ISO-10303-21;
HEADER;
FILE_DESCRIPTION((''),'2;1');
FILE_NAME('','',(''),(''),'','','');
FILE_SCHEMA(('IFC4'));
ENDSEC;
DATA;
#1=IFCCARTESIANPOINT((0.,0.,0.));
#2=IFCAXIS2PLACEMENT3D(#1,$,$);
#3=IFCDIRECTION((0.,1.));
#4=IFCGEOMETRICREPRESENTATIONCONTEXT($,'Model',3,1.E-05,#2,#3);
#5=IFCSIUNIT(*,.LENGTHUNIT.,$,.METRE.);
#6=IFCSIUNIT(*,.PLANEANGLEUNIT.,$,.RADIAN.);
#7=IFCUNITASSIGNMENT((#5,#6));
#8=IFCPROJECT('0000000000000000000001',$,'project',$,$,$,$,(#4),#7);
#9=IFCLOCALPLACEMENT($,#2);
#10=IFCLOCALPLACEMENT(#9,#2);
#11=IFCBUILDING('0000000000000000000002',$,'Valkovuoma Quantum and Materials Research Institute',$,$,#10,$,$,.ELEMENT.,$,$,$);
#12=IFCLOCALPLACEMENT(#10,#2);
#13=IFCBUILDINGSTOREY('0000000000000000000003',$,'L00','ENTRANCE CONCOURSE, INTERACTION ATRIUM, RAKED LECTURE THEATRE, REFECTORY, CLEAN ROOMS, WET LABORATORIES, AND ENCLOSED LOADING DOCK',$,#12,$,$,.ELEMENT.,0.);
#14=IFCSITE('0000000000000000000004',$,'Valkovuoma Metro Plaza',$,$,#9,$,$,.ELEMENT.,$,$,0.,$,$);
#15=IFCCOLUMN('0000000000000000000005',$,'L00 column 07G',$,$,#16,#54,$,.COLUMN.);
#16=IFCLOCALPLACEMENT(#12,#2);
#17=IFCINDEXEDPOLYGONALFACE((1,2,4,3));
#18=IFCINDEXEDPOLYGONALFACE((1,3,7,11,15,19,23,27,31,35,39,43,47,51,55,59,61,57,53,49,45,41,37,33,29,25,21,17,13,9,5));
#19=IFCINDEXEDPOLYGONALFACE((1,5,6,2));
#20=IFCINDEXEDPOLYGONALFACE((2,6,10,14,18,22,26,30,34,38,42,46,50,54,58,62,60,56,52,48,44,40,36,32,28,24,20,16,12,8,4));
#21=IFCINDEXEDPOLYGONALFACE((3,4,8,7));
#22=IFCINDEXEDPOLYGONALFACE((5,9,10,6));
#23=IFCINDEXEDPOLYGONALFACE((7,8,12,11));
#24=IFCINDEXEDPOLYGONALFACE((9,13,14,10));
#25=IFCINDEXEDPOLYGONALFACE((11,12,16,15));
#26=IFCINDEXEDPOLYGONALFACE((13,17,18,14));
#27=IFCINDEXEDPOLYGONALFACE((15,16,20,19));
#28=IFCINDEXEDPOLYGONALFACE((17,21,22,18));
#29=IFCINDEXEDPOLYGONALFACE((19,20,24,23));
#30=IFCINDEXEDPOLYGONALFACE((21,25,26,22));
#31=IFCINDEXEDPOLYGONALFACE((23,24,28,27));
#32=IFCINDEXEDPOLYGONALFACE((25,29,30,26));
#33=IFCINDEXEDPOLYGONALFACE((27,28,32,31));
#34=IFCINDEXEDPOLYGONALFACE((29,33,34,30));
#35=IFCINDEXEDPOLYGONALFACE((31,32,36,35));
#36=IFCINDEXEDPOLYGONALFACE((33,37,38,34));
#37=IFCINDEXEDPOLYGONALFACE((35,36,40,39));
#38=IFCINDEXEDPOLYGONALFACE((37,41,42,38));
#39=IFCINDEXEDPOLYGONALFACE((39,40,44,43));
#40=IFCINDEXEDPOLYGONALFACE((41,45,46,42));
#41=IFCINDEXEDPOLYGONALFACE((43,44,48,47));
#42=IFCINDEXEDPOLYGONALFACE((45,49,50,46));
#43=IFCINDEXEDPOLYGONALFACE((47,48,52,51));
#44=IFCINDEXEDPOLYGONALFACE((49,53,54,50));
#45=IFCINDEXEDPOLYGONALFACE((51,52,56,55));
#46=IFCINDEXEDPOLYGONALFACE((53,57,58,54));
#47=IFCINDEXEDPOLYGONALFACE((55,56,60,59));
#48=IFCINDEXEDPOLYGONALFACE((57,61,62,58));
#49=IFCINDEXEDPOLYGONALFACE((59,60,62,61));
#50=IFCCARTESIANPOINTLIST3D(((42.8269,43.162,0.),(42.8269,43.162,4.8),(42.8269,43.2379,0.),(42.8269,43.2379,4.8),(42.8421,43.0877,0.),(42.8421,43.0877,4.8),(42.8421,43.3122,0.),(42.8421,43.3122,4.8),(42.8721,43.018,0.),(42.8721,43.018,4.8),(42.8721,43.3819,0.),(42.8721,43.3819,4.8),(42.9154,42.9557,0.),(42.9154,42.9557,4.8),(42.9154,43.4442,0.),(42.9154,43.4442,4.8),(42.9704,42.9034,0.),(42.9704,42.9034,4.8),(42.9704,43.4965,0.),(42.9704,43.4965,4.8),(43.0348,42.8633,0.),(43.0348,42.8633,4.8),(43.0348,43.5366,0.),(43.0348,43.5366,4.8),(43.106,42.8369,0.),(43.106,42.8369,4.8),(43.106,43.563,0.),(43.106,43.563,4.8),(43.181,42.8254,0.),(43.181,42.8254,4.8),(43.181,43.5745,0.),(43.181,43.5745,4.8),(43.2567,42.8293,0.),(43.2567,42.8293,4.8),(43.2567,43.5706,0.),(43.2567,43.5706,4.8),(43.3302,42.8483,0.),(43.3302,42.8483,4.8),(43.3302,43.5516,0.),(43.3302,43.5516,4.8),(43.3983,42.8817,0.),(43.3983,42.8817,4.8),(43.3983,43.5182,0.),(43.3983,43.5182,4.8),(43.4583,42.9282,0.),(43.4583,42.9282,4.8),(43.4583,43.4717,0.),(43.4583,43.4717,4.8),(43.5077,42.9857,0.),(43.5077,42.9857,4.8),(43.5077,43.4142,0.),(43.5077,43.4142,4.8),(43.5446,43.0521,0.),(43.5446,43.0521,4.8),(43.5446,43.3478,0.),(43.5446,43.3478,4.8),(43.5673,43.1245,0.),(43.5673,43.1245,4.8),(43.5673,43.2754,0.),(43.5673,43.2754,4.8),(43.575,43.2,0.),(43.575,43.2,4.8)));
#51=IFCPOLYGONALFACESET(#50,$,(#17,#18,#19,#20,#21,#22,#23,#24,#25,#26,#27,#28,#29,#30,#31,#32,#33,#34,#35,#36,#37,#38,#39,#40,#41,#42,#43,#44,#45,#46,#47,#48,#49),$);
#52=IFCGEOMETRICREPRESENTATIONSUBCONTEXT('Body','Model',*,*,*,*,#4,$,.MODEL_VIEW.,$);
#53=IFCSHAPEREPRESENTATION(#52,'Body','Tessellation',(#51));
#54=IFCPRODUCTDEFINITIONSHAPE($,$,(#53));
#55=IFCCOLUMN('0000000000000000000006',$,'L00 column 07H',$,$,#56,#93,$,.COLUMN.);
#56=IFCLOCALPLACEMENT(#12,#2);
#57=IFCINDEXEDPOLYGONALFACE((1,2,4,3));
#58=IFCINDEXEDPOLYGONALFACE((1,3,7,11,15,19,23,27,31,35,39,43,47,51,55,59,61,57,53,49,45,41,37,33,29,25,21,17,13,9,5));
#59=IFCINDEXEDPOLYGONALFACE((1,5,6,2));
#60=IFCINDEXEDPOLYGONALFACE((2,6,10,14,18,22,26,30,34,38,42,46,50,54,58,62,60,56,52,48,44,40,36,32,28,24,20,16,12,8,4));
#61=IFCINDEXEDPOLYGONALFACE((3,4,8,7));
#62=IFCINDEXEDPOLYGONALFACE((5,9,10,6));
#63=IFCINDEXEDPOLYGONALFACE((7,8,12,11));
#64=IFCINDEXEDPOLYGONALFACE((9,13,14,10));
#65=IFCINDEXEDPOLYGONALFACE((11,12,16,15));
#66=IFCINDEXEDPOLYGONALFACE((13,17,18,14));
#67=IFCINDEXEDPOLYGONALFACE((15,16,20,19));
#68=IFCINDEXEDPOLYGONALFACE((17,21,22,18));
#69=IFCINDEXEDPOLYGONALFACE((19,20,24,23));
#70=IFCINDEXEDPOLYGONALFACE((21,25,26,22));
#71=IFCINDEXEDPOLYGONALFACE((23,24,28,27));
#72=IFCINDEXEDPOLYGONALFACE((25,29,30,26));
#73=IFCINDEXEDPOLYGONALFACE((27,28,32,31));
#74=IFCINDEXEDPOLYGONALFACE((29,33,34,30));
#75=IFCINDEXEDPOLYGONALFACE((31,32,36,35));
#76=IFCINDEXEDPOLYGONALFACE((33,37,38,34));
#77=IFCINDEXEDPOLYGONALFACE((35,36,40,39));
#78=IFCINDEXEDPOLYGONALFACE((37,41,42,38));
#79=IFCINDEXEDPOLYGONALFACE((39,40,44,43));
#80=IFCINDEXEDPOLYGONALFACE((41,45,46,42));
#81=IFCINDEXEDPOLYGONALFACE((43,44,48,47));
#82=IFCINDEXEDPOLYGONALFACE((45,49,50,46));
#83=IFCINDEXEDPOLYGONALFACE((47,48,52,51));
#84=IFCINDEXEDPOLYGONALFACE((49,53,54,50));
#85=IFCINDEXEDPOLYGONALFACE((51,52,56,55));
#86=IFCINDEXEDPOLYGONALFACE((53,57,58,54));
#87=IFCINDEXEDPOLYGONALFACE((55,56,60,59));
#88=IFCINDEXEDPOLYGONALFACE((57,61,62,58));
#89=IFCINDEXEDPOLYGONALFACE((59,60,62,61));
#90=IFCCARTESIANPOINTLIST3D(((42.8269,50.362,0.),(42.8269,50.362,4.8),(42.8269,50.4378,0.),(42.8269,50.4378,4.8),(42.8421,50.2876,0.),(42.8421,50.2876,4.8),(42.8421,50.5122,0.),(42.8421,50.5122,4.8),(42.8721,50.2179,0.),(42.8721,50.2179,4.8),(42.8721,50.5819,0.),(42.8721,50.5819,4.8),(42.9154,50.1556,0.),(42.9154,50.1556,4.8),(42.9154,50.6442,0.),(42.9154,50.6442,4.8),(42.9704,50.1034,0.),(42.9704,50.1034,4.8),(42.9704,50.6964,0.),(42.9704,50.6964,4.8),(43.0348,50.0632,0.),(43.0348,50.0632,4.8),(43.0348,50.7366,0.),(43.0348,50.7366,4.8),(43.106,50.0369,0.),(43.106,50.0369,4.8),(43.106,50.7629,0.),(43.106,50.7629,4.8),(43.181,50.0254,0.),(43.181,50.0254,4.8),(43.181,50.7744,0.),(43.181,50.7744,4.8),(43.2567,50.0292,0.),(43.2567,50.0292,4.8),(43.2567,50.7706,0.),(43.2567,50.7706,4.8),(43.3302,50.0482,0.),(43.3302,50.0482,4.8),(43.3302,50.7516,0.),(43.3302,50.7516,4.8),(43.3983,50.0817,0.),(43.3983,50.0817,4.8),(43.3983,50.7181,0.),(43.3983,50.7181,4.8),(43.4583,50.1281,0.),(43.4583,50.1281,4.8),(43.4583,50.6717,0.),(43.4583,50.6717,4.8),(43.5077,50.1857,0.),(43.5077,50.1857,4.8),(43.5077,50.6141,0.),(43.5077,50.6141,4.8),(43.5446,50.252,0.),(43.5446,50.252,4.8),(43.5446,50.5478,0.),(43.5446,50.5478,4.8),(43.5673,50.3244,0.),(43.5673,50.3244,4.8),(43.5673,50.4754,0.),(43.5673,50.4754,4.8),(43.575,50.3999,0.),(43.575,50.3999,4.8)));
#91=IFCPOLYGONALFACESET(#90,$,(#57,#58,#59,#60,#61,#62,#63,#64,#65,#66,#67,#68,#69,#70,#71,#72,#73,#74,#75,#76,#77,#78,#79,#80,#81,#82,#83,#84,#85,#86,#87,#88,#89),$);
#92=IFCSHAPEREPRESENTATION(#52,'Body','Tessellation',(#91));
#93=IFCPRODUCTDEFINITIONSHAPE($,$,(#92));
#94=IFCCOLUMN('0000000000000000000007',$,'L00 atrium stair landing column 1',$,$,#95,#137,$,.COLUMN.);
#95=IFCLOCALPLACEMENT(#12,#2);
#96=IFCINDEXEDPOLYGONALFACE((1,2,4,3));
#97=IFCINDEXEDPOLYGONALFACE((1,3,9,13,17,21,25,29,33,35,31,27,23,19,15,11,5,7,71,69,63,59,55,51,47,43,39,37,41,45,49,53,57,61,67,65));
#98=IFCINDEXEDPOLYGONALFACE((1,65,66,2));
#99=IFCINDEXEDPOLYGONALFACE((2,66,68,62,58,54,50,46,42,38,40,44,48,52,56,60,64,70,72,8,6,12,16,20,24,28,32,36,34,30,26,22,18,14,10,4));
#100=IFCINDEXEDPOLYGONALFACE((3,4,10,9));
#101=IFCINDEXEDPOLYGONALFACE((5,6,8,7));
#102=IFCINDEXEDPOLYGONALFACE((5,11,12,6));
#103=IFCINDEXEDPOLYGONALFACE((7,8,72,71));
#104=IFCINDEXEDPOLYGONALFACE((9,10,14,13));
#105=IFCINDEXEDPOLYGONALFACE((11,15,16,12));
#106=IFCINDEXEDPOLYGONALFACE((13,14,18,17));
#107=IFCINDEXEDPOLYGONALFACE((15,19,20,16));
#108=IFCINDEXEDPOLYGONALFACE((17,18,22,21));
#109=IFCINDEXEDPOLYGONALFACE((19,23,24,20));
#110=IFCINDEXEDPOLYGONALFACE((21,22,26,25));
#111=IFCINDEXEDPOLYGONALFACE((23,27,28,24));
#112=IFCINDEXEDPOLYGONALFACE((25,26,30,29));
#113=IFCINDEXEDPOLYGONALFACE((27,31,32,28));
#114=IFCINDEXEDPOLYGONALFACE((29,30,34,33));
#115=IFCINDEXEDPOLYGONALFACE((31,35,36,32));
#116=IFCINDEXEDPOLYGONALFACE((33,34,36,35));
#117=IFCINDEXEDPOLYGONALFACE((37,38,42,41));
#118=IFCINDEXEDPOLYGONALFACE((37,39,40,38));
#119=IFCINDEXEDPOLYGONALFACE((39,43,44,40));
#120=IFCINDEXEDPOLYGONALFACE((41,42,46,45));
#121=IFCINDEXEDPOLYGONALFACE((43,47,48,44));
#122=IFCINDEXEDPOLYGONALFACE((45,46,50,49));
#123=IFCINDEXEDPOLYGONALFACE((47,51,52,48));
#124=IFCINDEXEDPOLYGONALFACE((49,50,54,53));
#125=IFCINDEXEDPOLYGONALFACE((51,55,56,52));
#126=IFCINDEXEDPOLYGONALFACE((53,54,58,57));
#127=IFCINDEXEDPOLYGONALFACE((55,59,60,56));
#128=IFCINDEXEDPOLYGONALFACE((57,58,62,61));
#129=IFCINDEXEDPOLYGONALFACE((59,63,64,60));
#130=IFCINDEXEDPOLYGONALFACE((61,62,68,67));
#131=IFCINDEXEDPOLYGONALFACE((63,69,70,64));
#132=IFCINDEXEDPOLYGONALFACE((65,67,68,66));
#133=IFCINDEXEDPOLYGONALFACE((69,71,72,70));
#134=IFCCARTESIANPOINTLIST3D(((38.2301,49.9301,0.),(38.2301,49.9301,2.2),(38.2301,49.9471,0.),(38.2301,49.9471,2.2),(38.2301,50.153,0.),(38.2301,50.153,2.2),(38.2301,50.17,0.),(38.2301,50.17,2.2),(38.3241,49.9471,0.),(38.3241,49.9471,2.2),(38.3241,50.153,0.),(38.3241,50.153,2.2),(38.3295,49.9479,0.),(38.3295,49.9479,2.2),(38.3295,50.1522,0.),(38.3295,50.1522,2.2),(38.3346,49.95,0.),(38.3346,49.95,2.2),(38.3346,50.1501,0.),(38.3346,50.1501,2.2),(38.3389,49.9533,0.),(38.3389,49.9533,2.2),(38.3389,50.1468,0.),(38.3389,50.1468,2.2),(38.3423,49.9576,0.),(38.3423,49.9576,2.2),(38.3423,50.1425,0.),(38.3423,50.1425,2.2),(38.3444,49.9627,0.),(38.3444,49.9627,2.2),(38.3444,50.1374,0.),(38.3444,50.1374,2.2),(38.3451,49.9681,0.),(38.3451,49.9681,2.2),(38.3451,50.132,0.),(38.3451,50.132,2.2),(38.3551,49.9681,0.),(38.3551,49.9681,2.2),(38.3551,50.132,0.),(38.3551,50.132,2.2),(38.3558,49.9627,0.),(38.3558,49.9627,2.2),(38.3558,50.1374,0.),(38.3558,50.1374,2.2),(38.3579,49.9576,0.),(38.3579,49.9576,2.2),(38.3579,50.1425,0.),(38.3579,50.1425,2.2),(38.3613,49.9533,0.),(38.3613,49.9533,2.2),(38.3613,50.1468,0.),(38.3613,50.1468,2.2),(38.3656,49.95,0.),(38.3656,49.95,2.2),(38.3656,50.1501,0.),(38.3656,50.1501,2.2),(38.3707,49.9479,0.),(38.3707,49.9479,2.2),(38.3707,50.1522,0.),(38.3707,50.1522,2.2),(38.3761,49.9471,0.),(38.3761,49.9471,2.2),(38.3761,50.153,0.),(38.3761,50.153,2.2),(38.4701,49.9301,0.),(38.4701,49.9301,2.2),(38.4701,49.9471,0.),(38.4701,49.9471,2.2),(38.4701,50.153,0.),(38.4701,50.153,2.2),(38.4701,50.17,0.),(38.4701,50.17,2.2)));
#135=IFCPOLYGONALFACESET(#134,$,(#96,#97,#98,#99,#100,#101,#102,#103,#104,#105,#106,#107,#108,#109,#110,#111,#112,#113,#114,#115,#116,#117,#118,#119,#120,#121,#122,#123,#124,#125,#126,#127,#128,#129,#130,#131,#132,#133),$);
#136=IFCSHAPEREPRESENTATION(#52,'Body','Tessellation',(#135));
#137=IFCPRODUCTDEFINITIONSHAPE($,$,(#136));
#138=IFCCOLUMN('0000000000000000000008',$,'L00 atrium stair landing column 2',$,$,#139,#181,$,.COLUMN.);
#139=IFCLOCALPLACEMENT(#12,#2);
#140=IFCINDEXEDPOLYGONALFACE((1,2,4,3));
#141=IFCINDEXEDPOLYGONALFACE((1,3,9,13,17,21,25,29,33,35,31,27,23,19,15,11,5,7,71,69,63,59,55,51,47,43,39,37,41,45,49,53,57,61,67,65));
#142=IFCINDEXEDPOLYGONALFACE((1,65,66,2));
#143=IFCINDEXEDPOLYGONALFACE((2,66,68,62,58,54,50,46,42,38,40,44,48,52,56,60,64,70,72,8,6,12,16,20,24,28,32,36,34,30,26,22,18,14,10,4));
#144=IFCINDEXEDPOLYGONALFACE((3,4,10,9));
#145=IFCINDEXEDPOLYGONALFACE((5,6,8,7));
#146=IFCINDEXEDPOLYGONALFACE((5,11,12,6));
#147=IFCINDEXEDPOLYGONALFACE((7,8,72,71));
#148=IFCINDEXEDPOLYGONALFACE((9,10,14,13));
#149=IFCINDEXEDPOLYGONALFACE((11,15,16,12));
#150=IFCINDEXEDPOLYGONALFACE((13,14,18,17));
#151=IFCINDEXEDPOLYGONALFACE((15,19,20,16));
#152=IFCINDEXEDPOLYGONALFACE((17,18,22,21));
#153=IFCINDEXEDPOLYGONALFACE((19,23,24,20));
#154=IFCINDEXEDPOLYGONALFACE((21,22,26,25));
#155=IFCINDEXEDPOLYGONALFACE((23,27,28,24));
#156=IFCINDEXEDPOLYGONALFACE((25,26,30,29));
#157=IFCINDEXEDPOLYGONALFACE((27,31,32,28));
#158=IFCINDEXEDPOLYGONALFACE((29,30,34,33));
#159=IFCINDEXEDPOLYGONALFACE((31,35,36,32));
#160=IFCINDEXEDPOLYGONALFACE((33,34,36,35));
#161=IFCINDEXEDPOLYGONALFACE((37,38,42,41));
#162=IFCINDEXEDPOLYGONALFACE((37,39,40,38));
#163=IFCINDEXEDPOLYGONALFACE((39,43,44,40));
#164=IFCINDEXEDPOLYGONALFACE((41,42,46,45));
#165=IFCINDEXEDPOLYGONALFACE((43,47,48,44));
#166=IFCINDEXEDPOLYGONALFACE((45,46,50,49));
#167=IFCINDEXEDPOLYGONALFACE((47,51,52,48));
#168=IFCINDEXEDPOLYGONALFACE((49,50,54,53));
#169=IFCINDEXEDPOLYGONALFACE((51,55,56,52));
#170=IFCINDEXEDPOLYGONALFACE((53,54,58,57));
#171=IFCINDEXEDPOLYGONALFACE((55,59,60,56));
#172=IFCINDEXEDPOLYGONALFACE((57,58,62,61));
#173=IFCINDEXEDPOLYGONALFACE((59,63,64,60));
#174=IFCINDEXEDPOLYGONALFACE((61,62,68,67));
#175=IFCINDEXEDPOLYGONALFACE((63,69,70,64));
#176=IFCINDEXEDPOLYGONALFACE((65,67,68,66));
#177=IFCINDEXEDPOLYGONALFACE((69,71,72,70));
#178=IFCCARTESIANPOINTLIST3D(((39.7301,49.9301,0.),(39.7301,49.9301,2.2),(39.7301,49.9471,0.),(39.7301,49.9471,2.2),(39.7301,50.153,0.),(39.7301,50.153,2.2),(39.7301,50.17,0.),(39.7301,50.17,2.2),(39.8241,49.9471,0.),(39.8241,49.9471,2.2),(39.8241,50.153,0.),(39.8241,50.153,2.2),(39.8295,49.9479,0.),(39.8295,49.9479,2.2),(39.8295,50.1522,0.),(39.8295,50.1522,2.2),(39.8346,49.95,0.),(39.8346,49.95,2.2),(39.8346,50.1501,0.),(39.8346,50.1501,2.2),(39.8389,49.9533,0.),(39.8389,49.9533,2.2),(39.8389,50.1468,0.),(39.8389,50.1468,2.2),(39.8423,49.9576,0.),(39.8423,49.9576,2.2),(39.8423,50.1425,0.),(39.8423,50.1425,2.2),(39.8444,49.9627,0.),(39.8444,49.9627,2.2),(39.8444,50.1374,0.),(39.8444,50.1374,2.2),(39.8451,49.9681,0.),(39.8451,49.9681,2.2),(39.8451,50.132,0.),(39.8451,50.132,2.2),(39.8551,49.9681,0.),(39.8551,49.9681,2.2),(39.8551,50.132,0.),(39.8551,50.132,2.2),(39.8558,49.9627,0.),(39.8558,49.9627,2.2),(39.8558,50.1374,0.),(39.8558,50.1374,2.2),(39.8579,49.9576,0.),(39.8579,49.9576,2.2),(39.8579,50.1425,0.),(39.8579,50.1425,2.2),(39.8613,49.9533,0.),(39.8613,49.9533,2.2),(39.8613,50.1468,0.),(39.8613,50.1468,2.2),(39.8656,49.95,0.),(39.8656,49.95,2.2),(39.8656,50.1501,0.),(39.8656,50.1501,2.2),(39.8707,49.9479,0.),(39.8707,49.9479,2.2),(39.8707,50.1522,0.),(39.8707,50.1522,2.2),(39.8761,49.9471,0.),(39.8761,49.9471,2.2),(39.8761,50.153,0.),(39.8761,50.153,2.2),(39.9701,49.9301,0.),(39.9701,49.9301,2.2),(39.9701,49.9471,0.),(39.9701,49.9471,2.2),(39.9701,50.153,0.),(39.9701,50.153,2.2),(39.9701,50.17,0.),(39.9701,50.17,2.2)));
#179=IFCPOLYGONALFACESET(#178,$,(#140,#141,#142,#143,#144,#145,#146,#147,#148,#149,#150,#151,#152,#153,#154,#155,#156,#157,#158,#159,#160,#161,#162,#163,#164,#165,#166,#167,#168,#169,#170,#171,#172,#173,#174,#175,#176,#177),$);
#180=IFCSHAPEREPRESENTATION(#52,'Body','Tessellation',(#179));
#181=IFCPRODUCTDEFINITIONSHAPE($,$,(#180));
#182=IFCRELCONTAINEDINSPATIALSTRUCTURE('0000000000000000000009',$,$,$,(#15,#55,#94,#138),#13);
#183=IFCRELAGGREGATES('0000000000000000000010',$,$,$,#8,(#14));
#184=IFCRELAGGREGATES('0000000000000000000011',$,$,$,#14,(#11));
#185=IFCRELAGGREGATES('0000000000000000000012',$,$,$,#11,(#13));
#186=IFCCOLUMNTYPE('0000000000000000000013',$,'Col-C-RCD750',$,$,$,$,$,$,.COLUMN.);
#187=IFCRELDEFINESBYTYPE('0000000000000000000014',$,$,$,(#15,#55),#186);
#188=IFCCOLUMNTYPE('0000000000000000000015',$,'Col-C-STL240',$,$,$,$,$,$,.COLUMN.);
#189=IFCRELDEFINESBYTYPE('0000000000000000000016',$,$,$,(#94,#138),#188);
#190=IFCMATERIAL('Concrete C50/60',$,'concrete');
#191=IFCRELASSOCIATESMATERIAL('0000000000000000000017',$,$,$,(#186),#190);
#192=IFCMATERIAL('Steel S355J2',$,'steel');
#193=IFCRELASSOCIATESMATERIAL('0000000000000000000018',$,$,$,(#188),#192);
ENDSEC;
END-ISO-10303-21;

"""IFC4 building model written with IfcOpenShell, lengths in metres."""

from ifc_helpers import new_model, si_unit, direction, frame, origin, origin_2d, place, context, subcontext, project, spatial, circle, i_section, extrude, material, material_profile, profile_set, type_object, element, save


model = new_model("IFC4")

# Units and contexts
model_context = context("Model", 3, precision=1e-05, world=origin(), true_north=direction((0.0, 1.0)))
body_context = subcontext(model_context, "Body", "Model", "MODEL_VIEW")
ifc_project = project(units=[si_unit("LENGTHUNIT", "METRE"), si_unit("PLANEANGLEUNIT", "RADIAN")], contexts=[model_context])

# Site, building, storey
site_placement = place(None, origin())
site = spatial("IfcSite", under=ifc_project, at=site_placement, Name="Valkovuoma Metro Plaza", CompositionType="ELEMENT", RefElevation=0.0)
building_placement = place(site_placement, origin())
building = spatial("IfcBuilding", under=site, at=building_placement, Name="Valkovuoma Quantum and Materials Research Institute", CompositionType="ELEMENT")
storey_placement = place(building_placement, origin())
storey = spatial("IfcBuildingStorey", under=building, at=storey_placement, Name="L00", Description="ENTRANCE CONCOURSE, INTERACTION ATRIUM, RAKED LECTURE THEATRE, REFECTORY, CLEAN ROOMS, WET LABORATORIES, AND ENCLOSED LOADING DOCK", CompositionType="ELEMENT", Elevation=0.0)

# Columns
ifc_material_1 = material(Name="Concrete C50/60", Category="concrete")
ifc_material_profile_1 = material_profile(ifc_material_1, circle(Radius=0.375, at=origin_2d()), Name="Concrete C50/60")
ifc_profile_set_1 = profile_set([ifc_material_profile_1], Name="Concrete C50/60")
column_type_1 = type_object("IfcColumnType", Name="Col-C-RCD750", PredefinedType="COLUMN", material=ifc_profile_set_1)
for number, where, z_axis, x_axis, name in (
    (1, (43.2, 43.2, 0.0), (0.0, 0.0, 1.0), (1.0, 0.0, 0.0), "L00 column 07G"),
    (2, (43.2, 50.3999, 0.0), (0.0, 0.0, 1.0), (1.0, 0.0, 0.0), "L00 column 07H"),
):
    element("IfcColumn", number, at=place(storey_placement, frame(where, z_axis=z_axis, x_axis=x_axis)), inside=storey, type_object=column_type_1, Name=name, PredefinedType="COLUMN", context=body_context, shape_type="SweptSolid", body=[
        extrude(circle(Radius=0.375, at=origin_2d()), origin(), (0.0, 0.0, 1.0), 4.8),
    ])
ifc_material_2 = material(Name="Steel S355J2", Category="steel")
ifc_material_profile_2 = material_profile(ifc_material_2, i_section(OverallWidth=0.24, OverallDepth=0.24, WebThickness=0.01, FlangeThickness=0.0171, FilletRadius=0.021, at=origin_2d()), Name="Steel S355J2")
ifc_profile_set_2 = profile_set([ifc_material_profile_2], Name="Steel S355J2")
column_type_2 = type_object("IfcColumnType", Name="Col-C-STL240", PredefinedType="COLUMN", material=ifc_profile_set_2)
for number, where, z_axis, x_axis, name in (
    (3, (38.3501, 50.05, 0.0), (0.0, 0.0, 1.0), (1.0, 0.0, 0.0), "L00 atrium stair landing column 1"),
    (4, (39.8501, 50.05, 0.0), (0.0, 0.0, 1.0), (1.0, 0.0, 0.0), "L00 atrium stair landing column 2"),
):
    element("IfcColumn", number, at=place(storey_placement, frame(where, z_axis=z_axis, x_axis=x_axis)), inside=storey, type_object=column_type_2, Name=name, PredefinedType="COLUMN", context=body_context, shape_type="SweptSolid", body=[
        extrude(i_section(OverallWidth=0.24, OverallDepth=0.24, WebThickness=0.01, FlangeThickness=0.0171, FilletRadius=0.021, at=origin_2d()), origin(), (0.0, 0.0, 1.0), 2.2),
    ])

save(model, "model.ifc")
